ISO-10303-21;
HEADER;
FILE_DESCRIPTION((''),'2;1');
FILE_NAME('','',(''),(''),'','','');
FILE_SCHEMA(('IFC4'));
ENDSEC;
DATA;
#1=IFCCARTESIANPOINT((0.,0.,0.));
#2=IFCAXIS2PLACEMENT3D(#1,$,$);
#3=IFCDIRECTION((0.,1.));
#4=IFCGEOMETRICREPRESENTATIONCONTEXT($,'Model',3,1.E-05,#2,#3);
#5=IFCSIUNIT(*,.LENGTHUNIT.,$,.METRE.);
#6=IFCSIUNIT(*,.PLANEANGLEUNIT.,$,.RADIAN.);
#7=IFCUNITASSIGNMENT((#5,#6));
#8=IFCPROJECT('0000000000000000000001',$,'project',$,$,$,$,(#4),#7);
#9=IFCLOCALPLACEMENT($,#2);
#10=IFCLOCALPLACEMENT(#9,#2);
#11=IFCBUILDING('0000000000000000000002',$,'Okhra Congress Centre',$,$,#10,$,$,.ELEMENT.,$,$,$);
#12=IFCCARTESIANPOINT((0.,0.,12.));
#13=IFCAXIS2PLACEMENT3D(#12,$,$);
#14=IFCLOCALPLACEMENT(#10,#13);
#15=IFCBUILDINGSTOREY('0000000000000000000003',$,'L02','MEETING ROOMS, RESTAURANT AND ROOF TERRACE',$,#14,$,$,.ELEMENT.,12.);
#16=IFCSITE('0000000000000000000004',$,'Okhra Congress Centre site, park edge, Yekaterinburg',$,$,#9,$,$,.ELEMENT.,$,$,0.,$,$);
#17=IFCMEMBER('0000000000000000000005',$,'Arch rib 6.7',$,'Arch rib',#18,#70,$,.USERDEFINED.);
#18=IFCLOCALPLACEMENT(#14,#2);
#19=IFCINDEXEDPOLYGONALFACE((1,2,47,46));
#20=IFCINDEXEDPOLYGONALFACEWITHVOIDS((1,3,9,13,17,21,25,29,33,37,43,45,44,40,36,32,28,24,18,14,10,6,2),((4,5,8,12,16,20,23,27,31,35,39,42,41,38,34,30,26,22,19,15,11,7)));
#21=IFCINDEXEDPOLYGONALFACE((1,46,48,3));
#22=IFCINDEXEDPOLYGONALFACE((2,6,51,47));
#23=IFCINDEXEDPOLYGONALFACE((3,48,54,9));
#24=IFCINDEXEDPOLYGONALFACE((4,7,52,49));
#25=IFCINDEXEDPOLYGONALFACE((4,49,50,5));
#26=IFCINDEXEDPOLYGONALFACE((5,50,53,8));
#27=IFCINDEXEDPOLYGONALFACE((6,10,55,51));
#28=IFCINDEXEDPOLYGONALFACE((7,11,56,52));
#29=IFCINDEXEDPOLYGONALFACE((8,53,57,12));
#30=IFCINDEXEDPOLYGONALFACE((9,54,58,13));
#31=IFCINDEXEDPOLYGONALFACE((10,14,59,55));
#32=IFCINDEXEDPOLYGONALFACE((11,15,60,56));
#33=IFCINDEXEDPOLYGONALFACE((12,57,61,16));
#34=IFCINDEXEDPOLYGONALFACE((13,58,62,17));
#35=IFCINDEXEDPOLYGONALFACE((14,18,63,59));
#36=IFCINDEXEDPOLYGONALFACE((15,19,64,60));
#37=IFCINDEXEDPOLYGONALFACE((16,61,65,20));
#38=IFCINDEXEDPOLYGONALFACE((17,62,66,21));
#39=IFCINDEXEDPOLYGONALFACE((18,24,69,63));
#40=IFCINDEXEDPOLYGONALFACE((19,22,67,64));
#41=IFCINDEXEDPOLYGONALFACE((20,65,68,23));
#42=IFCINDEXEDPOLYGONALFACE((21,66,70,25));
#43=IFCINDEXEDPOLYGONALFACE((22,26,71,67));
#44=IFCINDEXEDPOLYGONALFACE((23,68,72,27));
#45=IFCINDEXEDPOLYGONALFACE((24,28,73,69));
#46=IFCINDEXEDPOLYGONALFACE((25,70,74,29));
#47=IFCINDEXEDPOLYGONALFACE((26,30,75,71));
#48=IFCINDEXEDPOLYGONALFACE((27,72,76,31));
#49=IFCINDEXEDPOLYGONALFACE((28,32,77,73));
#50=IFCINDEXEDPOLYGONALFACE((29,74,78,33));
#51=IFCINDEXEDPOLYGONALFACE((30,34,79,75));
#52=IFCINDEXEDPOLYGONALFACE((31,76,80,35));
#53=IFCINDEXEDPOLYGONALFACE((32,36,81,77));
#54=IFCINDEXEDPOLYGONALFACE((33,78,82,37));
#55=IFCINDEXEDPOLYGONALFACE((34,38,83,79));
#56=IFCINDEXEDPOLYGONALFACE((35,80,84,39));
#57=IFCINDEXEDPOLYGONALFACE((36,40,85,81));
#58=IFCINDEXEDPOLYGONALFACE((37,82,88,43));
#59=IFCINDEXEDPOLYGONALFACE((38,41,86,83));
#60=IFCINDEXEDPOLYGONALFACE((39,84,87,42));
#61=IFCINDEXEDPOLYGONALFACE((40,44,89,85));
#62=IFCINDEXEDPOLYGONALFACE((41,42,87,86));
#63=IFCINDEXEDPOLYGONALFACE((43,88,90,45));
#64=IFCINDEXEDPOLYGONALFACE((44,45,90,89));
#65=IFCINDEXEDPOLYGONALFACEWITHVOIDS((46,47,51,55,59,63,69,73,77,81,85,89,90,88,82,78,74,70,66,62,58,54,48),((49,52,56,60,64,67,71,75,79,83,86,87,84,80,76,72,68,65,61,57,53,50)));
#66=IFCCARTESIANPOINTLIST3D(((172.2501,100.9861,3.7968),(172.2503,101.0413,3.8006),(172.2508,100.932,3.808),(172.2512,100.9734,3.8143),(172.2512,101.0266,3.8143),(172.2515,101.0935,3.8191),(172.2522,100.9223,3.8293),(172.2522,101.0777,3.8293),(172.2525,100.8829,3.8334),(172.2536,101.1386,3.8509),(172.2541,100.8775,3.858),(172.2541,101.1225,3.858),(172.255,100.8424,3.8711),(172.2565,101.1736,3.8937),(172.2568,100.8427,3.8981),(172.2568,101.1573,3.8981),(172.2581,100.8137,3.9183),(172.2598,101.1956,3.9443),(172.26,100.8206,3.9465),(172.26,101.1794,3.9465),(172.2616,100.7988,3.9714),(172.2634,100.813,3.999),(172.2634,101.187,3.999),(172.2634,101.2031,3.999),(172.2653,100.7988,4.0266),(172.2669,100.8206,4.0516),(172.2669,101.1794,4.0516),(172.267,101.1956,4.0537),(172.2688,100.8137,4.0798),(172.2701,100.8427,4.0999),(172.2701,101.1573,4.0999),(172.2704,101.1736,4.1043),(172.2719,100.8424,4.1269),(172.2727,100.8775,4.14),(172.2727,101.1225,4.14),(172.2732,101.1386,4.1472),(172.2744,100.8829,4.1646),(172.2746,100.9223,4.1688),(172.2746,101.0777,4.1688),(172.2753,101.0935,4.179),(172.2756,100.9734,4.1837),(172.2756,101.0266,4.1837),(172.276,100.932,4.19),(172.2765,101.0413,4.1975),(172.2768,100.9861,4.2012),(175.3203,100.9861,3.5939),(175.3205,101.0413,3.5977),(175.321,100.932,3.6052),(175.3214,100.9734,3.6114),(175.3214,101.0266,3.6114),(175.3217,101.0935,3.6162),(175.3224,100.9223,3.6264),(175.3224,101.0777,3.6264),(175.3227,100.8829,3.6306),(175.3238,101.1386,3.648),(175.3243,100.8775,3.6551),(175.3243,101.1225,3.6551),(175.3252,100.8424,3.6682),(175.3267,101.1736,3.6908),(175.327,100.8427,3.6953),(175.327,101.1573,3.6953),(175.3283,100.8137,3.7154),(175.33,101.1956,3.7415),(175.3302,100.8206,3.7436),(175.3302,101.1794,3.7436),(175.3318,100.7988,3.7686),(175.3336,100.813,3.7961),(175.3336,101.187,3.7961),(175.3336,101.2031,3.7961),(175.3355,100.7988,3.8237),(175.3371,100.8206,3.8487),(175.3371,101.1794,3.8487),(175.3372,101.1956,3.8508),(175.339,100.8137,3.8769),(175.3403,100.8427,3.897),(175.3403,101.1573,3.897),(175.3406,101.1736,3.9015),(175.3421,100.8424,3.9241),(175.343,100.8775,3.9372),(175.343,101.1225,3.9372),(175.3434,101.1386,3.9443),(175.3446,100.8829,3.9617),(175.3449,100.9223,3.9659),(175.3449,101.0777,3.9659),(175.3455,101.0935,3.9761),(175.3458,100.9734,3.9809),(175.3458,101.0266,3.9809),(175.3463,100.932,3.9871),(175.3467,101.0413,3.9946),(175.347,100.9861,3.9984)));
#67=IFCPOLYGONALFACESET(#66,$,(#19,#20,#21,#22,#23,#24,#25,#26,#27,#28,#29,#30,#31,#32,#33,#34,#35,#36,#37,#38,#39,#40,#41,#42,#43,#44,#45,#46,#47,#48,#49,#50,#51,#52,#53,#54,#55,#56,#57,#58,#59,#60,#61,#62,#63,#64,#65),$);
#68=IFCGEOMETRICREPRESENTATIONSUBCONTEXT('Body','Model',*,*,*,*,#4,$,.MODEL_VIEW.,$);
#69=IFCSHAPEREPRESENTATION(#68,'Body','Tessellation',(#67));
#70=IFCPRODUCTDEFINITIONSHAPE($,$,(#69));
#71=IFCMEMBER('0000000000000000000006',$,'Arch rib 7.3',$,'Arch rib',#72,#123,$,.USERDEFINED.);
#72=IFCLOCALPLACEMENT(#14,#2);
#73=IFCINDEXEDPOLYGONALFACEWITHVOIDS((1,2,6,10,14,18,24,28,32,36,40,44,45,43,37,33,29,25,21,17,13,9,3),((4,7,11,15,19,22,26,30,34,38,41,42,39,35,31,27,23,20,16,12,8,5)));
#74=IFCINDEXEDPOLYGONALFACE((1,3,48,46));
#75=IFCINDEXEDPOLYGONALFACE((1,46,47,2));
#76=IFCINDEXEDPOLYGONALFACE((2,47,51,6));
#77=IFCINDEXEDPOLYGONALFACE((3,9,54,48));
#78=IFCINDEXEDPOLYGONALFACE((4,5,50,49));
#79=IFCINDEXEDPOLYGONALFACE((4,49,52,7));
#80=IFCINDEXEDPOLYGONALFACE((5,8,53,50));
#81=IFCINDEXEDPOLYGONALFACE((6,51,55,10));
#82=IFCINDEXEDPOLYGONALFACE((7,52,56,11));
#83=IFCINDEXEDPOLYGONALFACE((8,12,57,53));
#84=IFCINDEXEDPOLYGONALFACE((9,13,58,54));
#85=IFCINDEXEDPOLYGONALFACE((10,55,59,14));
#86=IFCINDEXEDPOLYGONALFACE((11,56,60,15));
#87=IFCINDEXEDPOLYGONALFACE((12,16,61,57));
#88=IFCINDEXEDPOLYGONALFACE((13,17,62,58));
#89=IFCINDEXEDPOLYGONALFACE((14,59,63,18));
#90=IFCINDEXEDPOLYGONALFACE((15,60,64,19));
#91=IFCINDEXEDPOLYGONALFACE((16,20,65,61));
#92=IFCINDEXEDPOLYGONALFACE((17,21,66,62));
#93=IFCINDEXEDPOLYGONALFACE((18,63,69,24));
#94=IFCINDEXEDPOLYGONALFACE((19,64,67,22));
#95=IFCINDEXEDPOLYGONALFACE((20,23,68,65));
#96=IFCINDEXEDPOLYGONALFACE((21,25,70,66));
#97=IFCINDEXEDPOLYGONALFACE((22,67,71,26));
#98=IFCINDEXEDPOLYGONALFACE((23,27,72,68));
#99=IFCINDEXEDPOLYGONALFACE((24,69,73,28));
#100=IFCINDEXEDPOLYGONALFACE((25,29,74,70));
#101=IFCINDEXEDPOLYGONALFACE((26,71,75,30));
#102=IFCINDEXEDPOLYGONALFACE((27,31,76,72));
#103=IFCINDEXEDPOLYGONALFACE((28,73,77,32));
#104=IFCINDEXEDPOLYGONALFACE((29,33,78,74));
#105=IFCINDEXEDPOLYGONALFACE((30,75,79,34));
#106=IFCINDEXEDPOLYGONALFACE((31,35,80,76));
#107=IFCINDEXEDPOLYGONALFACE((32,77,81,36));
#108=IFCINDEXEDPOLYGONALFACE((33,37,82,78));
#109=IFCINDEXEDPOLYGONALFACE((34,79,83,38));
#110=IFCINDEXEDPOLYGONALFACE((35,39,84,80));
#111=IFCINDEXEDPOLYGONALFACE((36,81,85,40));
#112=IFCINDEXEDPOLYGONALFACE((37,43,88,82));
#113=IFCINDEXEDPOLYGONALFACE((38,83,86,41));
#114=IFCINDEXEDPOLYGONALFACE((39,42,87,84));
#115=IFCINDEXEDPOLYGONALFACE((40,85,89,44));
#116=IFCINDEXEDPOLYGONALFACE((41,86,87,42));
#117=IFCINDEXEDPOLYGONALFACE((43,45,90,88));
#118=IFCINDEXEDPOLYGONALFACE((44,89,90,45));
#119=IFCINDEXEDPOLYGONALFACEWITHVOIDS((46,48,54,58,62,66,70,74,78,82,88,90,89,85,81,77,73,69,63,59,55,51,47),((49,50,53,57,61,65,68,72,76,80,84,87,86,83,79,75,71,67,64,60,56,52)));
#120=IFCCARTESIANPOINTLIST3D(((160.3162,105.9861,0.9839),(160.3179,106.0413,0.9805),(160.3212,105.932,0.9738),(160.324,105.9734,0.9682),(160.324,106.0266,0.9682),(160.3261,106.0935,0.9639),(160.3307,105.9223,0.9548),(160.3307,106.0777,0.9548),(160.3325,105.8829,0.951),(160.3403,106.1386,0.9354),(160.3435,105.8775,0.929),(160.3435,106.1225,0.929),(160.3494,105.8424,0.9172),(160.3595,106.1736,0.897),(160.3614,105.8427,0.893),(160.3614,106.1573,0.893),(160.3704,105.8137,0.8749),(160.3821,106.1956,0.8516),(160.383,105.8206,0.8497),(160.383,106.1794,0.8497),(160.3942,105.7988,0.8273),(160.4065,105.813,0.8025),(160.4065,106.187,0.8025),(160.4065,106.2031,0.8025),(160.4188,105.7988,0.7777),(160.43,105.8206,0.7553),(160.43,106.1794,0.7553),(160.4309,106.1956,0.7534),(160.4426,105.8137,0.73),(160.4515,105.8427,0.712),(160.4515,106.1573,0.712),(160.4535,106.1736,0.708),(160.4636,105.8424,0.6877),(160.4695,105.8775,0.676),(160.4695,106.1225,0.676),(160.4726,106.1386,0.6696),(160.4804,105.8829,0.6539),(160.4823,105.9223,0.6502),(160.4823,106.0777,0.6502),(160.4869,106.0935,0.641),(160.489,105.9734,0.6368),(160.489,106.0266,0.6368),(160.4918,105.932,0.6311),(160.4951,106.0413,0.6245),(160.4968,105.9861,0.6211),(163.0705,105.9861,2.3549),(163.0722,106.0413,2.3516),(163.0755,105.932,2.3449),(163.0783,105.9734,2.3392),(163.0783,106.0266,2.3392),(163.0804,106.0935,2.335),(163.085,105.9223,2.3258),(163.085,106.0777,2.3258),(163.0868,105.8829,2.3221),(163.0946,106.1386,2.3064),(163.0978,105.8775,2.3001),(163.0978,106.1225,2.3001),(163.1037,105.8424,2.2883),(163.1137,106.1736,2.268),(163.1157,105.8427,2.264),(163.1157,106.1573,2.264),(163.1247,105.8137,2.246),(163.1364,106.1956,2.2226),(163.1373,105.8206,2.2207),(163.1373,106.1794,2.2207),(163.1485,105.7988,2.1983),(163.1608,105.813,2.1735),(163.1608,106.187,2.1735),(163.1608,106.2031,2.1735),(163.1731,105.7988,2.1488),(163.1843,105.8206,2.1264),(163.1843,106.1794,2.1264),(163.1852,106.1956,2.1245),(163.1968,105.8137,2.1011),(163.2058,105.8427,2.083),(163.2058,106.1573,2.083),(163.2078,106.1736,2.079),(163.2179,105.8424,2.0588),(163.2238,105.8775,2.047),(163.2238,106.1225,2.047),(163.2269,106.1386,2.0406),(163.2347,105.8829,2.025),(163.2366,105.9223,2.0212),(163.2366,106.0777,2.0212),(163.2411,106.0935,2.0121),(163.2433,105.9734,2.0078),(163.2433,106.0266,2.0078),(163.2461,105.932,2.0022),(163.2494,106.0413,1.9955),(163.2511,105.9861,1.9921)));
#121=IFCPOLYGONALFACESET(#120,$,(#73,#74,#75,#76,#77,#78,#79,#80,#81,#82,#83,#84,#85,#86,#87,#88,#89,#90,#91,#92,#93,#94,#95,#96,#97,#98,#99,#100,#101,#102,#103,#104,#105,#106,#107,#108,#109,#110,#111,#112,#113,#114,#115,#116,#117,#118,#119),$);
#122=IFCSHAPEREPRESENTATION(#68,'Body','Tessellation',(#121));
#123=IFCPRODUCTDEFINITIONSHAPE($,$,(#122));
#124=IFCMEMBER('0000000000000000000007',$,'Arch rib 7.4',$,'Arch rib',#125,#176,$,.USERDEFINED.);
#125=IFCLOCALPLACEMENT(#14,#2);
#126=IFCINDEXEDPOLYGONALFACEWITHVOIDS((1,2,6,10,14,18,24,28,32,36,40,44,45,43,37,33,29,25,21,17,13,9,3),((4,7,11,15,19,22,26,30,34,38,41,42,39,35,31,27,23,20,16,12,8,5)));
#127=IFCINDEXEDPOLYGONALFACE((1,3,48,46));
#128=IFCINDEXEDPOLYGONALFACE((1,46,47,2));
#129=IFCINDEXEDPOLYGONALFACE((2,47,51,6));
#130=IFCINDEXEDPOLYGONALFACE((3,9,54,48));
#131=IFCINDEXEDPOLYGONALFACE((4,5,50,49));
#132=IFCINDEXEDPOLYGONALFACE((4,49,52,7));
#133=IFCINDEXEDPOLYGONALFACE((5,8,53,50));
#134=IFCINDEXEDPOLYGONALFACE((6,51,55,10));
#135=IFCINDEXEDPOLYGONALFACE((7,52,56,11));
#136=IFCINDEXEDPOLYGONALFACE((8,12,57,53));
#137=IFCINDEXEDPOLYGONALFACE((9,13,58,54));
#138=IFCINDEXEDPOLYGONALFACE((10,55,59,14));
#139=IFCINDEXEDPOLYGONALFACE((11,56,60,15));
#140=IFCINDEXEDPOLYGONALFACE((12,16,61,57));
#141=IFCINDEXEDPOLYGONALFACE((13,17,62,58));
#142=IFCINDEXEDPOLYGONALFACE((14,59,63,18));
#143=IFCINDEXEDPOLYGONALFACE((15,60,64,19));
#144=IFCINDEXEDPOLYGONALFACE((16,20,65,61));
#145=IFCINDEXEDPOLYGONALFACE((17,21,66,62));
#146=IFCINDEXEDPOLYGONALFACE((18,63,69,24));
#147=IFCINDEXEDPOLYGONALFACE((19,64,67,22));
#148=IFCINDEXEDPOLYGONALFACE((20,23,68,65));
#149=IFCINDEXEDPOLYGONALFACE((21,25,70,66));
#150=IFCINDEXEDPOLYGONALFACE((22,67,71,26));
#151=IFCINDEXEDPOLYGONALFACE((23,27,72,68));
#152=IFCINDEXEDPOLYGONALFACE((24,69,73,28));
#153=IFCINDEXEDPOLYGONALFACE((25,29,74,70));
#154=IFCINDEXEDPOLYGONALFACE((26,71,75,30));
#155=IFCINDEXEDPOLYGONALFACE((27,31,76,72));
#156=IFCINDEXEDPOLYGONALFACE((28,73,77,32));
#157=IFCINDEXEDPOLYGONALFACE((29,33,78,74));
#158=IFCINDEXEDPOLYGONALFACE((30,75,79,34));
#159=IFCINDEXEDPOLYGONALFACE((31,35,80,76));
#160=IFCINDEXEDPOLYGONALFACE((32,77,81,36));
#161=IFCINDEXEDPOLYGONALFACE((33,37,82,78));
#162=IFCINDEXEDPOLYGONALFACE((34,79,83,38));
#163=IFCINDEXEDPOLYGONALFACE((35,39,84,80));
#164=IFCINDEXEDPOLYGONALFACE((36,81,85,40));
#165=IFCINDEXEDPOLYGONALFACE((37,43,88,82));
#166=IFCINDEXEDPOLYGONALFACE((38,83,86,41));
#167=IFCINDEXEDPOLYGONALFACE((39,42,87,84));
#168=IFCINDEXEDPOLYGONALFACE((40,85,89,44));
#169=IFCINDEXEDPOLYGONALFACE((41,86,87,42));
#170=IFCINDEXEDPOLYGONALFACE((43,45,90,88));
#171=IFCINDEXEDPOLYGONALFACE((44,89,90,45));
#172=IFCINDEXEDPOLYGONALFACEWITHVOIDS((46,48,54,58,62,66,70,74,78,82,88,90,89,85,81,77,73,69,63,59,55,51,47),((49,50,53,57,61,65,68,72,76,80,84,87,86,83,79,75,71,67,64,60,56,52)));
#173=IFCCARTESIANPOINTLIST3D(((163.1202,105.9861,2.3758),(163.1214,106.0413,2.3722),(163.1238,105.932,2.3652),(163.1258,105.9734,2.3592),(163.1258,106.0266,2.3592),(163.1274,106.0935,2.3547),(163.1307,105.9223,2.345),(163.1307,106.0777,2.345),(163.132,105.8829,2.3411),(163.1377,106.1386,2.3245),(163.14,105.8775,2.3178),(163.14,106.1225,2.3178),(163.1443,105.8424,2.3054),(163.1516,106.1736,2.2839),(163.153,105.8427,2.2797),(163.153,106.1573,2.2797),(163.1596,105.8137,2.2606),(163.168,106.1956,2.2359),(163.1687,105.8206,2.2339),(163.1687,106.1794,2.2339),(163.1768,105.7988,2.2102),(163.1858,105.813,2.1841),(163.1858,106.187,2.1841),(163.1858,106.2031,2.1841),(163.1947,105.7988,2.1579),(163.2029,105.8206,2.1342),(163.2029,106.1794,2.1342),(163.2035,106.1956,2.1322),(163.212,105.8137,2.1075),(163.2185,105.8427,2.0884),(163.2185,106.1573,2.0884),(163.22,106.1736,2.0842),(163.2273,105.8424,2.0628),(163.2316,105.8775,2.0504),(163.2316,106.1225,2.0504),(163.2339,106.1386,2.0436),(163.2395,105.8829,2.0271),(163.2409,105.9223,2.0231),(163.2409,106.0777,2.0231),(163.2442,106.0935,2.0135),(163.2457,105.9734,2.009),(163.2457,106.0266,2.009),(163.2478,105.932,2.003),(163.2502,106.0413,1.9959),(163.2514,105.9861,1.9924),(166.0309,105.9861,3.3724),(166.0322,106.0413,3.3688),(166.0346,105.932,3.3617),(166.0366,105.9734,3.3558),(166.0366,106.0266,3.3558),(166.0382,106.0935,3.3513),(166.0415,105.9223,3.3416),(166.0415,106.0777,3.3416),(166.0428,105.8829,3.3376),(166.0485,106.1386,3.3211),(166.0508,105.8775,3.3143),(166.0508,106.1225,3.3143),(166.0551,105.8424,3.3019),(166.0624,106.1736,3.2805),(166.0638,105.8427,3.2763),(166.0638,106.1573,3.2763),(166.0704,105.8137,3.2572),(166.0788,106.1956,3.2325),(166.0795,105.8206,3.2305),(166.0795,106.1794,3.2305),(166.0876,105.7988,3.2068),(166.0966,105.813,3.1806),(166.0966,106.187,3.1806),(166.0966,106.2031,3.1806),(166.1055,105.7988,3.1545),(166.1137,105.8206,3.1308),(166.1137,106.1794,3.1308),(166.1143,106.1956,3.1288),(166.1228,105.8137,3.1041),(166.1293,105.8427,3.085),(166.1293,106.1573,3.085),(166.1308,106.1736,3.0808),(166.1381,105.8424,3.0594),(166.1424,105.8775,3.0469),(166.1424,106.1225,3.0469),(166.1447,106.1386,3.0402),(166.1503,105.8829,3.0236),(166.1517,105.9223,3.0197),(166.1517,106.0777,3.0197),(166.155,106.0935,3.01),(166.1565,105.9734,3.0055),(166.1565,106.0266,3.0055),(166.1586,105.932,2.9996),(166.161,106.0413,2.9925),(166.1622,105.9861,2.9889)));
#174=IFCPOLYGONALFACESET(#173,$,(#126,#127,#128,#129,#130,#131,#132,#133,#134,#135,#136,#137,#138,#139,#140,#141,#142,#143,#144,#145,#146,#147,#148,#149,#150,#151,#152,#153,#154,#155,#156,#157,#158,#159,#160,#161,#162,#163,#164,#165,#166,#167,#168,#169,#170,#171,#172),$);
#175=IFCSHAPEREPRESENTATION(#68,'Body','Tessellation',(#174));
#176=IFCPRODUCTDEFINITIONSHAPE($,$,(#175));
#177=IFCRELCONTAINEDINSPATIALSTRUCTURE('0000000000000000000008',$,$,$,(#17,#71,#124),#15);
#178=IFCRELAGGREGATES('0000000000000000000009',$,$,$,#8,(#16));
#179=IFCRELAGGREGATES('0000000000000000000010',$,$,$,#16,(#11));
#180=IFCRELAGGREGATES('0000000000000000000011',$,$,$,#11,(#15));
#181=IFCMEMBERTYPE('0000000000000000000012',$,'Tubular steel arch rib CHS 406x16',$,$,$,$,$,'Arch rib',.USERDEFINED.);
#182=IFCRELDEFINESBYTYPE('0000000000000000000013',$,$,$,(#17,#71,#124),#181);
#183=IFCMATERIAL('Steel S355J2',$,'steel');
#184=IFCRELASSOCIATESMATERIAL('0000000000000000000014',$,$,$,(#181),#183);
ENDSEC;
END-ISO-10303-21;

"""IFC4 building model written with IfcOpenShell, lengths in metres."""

from ifc_helpers import new_model, si_unit, direction, frame, origin, origin_2d, place, context, subcontext, project, spatial, hollow_circle, extrude, material, material_profile, profile_set, type_object, element, save


model = new_model("IFC4")

# Units and contexts
model_context = context("Model", 3, precision=1e-05, world=origin(), true_north=direction((0.0, 1.0)))
body_context = subcontext(model_context, "Body", "Model", "MODEL_VIEW")
ifc_project = project(units=[si_unit("LENGTHUNIT", "METRE"), si_unit("PLANEANGLEUNIT", "RADIAN")], contexts=[model_context])

# Site, building, storey
site_placement = place(None, origin())
site = spatial("IfcSite", under=ifc_project, at=site_placement, Name="Okhra Congress Centre site, park edge, Yekaterinburg", CompositionType="ELEMENT", RefElevation=0.0)
building_placement = place(site_placement, origin())
building = spatial("IfcBuilding", under=site, at=building_placement, Name="Okhra Congress Centre", CompositionType="ELEMENT")
storey_placement = place(building_placement, frame((0.0, 0.0, 12.0)))
storey = spatial("IfcBuildingStorey", under=building, at=storey_placement, Name="L02", Description="MEETING ROOMS, RESTAURANT AND ROOF TERRACE", CompositionType="ELEMENT", Elevation=12.0)

# Members
ifc_material_1 = material(Name="Steel S355J2", Category="steel")
ifc_material_profile_1 = material_profile(ifc_material_1, hollow_circle(Radius=0.2031, WallThickness=0.0161, at=origin_2d()), Name="CHS 406.4x16")
ifc_profile_set_1 = profile_set([ifc_material_profile_1], Name="Steel S355J2")
member_type_1 = type_object("IfcMemberType", Name="Tubular steel arch rib CHS 406x16", ElementType="Arch rib", PredefinedType="USERDEFINED", material=ifc_profile_set_1)
member_1_placement = place(storey_placement, frame((172.2634, 101.0, 3.999), z_axis=(0.997824, 0.0, -0.065934), x_axis=(0.0, 1.0, 0.0)))
element("IfcMember", 1, at=member_1_placement, inside=storey, type_object=member_type_1, Name="Arch rib 6.7", ObjectType="Arch rib", PredefinedType="USERDEFINED", context=body_context, shape_type="SweptSolid", body=[
    extrude(hollow_circle(Radius=0.2031, WallThickness=0.0161, at=origin_2d()), origin(), (0.0, 0.0, 1.0), 3.0769),
])
for number, where, z_axis, x_axis, name in (
    (2, (160.4065, 106.0, 0.8025), (0.895219, 0.0, 0.445626), (0.0, 1.0, 0.0), "Arch rib 7.3"),
    (3, (163.1858, 106.0, 2.1841), (0.946089, 0.0, 0.323906), (0.0, 1.0, 0.0), "Arch rib 7.4"),
):
    element("IfcMember", number, at=place(storey_placement, frame(where, z_axis=z_axis, x_axis=x_axis)), inside=storey, type_object=member_type_1, Name=name, ObjectType="Arch rib", PredefinedType="USERDEFINED", context=body_context, shape_type="SweptSolid", body=[
        extrude(hollow_circle(Radius=0.2031, WallThickness=0.0161, at=origin_2d()), origin(), (0.0, 0.0, 1.0), 3.0767),
    ])

save(model, "model.ifc")
